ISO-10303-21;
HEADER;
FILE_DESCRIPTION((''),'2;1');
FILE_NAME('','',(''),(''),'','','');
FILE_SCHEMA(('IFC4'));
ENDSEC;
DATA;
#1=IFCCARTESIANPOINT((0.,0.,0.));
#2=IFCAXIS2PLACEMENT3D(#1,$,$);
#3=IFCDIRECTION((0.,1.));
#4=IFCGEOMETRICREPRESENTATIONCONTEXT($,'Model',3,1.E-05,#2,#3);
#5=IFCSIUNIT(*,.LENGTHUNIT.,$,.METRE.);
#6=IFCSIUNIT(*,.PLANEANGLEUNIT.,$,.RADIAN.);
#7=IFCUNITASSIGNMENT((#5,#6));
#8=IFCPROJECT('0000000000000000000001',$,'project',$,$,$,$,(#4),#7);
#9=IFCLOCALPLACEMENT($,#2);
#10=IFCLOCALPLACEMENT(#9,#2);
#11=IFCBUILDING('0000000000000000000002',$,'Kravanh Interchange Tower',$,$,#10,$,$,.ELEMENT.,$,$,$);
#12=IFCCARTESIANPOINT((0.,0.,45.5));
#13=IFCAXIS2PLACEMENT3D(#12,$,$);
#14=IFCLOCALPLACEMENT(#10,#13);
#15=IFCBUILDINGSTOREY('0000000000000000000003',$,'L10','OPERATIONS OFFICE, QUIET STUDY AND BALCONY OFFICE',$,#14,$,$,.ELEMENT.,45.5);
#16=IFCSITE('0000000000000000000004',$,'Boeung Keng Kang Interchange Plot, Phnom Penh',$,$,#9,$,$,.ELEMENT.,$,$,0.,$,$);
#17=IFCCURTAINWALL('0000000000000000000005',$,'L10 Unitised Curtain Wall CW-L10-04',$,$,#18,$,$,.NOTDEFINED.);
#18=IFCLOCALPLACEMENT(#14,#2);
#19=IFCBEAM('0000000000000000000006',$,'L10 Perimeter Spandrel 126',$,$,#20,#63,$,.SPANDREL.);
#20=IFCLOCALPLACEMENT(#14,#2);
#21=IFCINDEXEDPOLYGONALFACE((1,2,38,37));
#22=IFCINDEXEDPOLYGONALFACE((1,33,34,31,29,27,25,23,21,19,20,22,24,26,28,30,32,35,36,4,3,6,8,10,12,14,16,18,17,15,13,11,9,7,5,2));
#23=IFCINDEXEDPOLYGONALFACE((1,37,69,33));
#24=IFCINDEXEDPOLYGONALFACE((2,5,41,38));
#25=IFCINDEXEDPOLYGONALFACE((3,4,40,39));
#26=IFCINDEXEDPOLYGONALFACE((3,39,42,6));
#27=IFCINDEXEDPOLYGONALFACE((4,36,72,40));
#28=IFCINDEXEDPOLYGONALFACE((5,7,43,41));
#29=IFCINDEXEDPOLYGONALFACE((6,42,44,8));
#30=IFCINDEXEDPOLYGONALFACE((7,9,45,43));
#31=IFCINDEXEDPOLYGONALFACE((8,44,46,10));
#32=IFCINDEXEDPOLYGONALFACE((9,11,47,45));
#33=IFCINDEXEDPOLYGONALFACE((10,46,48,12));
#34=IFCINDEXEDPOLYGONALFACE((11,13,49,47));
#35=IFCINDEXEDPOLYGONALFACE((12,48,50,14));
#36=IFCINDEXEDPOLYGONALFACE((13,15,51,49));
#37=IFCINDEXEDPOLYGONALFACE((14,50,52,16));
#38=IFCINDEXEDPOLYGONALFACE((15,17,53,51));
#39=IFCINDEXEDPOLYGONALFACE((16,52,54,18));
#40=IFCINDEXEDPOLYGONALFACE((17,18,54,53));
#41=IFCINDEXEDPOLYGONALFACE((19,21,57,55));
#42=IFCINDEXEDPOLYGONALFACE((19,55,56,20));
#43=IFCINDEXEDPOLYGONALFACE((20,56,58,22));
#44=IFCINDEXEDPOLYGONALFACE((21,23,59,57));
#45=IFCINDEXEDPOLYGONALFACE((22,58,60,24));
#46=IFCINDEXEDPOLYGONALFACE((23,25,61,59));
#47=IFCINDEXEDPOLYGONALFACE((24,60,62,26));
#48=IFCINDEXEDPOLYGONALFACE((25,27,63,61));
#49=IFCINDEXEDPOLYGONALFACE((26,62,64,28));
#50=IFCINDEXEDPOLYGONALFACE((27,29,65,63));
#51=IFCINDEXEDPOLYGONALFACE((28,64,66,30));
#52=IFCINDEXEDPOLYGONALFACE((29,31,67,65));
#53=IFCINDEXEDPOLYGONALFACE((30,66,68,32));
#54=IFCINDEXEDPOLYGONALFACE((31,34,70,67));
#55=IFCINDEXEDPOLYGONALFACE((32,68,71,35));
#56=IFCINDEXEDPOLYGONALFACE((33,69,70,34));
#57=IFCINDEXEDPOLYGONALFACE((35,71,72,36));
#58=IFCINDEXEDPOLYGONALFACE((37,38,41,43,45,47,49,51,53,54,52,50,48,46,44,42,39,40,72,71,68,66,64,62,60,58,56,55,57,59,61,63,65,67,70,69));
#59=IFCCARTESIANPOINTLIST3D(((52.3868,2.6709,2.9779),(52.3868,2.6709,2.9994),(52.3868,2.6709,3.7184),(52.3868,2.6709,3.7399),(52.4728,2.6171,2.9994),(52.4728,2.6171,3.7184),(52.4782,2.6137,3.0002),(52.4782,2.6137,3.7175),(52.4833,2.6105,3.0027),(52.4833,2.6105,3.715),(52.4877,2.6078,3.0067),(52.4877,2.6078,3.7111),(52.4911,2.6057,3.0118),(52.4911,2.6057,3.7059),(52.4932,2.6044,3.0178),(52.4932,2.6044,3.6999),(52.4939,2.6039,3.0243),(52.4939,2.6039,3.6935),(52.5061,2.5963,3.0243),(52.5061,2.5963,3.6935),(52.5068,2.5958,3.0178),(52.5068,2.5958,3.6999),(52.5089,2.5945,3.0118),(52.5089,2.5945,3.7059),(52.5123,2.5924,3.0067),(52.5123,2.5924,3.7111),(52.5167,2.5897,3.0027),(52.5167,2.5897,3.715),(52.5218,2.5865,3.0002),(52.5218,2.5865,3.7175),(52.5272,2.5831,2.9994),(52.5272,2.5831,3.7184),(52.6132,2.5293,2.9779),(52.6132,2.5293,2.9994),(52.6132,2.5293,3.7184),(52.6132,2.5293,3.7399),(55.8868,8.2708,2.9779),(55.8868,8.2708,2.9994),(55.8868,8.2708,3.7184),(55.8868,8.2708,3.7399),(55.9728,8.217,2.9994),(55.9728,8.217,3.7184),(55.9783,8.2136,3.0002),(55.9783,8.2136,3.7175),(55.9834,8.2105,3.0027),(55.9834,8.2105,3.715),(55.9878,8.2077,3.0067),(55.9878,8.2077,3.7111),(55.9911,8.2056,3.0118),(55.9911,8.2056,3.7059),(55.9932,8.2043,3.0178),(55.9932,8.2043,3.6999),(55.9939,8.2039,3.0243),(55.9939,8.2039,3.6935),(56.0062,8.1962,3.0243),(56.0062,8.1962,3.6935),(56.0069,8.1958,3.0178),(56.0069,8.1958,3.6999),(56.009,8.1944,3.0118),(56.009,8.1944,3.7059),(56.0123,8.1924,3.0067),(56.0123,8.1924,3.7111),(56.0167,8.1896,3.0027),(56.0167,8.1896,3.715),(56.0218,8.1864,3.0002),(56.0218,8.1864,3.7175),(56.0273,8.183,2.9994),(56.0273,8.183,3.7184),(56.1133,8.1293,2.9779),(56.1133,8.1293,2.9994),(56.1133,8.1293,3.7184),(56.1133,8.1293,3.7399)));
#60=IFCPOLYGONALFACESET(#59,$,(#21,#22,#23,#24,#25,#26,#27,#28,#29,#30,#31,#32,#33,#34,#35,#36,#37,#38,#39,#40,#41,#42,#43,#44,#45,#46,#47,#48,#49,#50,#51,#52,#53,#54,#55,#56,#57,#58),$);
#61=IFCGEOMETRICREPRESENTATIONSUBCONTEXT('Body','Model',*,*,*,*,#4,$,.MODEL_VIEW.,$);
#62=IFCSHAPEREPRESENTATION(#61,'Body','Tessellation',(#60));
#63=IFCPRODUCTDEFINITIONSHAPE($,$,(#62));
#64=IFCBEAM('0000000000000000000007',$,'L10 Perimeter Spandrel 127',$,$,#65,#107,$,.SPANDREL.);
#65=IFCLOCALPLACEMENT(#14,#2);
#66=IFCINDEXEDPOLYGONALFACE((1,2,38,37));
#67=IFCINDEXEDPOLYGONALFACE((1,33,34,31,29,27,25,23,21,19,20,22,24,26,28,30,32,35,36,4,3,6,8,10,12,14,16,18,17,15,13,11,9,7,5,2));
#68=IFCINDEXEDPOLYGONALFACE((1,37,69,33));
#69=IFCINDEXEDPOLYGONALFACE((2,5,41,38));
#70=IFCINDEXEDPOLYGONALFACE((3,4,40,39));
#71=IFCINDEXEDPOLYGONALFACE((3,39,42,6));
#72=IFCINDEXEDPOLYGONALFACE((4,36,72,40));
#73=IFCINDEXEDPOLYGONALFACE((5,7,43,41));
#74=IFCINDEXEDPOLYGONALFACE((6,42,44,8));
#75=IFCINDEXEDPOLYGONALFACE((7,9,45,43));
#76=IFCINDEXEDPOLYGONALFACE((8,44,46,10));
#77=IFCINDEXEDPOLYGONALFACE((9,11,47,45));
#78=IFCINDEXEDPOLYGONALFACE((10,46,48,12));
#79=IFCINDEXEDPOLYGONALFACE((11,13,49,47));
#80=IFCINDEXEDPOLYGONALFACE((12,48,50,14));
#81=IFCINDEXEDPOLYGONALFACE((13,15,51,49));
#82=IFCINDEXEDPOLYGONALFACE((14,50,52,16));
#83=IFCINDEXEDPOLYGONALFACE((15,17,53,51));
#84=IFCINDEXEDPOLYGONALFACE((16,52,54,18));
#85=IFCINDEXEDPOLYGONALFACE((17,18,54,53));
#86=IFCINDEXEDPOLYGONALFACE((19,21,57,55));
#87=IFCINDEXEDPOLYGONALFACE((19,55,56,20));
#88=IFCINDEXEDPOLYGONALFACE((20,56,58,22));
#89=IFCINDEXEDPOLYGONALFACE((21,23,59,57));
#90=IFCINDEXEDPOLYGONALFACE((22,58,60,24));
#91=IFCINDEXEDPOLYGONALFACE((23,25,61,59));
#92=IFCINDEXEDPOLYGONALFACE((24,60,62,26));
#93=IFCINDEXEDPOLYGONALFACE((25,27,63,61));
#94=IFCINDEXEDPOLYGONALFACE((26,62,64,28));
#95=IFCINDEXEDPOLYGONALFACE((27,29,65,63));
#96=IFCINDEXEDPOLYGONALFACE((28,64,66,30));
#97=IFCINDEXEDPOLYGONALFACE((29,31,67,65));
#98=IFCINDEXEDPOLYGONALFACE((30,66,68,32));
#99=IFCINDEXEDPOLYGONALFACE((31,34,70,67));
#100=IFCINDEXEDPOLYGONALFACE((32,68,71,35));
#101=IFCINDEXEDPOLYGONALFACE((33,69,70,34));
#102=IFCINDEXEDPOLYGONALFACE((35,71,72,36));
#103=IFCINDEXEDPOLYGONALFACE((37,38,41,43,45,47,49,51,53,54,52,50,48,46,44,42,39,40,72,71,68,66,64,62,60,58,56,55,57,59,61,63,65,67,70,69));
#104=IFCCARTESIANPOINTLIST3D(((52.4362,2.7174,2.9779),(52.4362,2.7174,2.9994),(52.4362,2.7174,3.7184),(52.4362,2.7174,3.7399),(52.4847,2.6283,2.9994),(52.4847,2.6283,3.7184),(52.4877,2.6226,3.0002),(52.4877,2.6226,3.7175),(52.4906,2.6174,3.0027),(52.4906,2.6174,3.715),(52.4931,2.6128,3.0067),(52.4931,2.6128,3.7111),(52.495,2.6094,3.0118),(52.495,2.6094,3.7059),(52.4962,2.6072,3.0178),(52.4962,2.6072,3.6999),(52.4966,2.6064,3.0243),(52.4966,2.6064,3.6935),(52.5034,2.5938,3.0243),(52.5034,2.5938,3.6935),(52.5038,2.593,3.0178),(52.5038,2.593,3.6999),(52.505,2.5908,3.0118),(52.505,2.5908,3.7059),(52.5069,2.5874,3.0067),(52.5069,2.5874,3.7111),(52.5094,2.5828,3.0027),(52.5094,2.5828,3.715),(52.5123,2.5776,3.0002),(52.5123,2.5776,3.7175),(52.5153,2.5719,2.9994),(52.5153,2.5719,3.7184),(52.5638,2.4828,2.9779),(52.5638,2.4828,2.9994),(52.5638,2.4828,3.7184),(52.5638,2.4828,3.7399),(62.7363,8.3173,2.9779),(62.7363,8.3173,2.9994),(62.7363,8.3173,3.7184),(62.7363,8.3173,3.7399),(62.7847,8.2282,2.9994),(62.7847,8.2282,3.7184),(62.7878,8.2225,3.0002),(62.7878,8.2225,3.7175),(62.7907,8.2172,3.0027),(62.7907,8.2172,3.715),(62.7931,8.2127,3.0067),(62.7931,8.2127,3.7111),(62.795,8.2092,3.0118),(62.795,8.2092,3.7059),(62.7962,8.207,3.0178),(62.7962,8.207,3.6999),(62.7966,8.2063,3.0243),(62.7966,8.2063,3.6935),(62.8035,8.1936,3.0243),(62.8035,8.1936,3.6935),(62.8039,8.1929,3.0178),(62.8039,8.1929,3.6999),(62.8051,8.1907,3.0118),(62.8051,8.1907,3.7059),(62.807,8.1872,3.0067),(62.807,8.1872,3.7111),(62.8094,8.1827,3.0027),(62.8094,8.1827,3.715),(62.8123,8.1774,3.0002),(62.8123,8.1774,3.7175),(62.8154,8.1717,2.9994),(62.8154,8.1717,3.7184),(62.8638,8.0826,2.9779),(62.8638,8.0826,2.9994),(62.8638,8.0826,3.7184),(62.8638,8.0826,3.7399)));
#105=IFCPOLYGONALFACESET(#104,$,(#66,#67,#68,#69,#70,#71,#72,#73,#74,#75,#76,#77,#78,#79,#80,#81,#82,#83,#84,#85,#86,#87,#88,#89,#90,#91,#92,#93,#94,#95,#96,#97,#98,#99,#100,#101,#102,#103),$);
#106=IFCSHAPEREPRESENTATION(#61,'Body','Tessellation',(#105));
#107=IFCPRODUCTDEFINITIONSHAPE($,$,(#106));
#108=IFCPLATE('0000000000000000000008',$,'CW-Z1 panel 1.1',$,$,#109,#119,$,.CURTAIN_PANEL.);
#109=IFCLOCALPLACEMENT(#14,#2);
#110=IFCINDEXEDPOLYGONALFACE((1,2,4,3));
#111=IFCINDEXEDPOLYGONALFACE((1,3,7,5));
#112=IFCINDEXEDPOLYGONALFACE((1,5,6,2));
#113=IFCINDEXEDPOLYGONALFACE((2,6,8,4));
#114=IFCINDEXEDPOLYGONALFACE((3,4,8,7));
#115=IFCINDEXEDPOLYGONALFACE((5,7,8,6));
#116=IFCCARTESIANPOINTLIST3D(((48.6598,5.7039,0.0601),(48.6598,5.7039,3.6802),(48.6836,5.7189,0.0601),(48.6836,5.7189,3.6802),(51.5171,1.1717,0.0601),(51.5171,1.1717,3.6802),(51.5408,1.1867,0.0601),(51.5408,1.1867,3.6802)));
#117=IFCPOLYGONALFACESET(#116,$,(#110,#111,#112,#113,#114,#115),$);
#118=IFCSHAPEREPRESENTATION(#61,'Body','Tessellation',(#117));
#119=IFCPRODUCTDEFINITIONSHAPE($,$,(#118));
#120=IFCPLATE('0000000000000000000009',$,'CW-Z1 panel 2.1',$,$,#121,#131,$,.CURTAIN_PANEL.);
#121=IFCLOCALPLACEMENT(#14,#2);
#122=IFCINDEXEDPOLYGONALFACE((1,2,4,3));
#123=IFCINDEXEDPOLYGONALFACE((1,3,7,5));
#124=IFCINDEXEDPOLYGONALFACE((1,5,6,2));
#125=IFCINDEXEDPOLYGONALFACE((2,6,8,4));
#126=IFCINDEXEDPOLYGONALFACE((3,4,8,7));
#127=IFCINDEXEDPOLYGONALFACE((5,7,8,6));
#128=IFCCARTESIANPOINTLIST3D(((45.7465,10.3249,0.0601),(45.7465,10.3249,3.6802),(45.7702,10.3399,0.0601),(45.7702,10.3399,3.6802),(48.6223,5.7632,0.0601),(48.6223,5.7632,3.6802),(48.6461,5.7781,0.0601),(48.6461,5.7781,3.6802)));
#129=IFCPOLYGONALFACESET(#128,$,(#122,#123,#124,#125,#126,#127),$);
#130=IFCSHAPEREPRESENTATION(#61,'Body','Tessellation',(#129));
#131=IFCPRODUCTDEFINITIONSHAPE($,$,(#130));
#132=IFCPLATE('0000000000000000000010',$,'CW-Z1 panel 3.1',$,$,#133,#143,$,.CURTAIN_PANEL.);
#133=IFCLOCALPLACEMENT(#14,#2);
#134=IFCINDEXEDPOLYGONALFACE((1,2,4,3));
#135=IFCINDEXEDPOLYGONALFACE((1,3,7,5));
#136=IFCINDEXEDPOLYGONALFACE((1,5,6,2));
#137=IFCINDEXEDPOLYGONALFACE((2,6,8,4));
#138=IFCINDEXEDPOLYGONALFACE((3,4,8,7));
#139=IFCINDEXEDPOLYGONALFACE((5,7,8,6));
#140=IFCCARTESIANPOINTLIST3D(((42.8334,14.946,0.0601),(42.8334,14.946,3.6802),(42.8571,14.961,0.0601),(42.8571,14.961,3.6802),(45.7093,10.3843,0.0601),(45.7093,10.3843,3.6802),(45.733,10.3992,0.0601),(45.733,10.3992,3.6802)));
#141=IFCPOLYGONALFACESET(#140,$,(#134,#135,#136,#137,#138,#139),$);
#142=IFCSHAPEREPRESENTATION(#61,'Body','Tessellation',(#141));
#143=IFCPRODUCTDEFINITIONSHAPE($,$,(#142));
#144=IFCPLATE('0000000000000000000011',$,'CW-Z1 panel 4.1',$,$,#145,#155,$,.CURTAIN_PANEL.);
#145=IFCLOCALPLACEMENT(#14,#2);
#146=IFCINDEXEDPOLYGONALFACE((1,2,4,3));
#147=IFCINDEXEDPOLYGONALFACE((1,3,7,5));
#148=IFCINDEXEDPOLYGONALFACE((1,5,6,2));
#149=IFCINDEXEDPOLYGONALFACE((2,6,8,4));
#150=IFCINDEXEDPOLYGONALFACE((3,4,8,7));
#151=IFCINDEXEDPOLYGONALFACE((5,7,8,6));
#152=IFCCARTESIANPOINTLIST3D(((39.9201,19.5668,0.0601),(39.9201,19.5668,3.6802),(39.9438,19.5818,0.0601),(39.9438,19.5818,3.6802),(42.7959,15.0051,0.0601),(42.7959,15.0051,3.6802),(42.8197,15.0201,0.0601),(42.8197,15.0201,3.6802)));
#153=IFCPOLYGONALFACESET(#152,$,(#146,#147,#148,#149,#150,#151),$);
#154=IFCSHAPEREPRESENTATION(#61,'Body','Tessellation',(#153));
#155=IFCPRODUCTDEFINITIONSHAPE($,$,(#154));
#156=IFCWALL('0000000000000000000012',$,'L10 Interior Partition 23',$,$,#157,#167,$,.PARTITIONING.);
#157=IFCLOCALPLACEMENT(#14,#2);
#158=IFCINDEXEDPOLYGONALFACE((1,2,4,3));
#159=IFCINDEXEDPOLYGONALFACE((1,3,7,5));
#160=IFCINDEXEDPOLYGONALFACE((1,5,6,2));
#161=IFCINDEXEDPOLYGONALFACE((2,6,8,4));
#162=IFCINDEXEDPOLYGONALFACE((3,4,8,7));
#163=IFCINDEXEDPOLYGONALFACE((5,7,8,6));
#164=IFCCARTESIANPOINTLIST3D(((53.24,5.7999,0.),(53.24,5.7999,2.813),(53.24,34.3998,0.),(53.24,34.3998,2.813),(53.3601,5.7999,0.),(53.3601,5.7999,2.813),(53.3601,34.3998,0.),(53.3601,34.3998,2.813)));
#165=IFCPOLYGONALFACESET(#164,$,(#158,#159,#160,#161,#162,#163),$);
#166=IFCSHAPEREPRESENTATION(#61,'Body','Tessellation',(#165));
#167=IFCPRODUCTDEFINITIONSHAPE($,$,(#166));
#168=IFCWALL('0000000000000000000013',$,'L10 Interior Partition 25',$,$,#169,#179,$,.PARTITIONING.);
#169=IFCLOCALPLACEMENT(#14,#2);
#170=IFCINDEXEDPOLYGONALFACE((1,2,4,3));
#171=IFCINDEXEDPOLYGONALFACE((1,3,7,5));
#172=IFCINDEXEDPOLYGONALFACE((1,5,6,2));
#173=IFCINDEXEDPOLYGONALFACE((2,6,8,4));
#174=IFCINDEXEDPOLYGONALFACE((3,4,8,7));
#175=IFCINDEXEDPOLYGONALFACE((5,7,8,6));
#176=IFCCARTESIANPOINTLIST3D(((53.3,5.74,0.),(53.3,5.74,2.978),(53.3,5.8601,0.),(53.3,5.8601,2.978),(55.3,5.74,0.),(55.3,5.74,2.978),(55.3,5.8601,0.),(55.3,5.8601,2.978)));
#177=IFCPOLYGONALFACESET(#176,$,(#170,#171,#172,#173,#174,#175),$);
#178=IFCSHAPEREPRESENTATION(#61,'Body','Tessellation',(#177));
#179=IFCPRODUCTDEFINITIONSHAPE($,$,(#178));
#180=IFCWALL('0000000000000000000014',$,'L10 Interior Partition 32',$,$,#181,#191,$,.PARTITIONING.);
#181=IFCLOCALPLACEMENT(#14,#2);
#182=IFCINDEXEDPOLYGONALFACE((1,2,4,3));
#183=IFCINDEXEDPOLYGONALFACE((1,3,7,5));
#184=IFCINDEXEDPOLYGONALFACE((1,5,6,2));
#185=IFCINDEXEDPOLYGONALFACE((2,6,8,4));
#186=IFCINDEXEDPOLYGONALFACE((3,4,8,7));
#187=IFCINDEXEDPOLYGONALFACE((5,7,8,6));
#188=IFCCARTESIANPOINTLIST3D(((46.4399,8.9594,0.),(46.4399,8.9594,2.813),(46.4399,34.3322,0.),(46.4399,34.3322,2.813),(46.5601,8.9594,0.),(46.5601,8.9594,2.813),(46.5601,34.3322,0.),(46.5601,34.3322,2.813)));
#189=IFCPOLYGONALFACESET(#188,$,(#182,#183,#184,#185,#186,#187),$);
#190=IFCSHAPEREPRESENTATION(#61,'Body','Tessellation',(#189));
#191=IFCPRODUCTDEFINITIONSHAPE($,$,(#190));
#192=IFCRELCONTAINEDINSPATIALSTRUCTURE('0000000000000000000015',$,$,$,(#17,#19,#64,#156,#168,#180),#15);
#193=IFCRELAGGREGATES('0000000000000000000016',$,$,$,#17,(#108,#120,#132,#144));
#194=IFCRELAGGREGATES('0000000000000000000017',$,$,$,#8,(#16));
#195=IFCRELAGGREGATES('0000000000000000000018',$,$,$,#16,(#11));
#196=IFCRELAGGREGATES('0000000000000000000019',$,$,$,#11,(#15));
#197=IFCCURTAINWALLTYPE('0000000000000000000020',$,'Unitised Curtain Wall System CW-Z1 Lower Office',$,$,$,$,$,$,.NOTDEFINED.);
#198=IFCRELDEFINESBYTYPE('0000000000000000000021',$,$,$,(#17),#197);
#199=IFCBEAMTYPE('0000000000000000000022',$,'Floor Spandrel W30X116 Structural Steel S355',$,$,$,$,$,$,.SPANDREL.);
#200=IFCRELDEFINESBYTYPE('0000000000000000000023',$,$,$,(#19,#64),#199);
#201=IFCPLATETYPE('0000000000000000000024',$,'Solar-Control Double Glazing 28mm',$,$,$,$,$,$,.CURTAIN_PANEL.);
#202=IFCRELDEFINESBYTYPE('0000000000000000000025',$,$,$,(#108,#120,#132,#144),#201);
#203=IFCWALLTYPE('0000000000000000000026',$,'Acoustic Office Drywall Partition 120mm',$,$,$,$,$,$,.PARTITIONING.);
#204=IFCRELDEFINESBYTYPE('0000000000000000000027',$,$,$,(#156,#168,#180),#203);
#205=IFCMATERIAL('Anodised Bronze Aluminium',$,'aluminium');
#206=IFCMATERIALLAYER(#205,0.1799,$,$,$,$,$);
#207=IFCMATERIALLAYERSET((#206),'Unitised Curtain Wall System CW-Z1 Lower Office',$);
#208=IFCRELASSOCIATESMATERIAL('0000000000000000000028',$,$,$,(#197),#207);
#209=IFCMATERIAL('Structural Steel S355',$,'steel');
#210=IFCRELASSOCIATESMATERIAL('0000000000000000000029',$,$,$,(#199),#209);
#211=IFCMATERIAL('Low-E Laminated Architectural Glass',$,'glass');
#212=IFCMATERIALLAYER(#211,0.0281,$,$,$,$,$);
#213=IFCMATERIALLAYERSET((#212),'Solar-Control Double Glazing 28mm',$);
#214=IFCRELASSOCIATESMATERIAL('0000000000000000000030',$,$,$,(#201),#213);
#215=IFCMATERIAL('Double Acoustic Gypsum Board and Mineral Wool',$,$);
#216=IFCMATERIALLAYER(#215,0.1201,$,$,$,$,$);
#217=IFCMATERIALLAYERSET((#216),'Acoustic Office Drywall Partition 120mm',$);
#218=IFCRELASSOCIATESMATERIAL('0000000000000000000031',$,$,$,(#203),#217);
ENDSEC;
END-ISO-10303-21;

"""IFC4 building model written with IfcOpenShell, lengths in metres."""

from ifc_helpers import new_model, si_unit, direction, frame, frame_2d, origin, origin_2d, place, context, subcontext, project, spatial, rectangle, i_section, extrude, material, layer, layer_set, material_profile, profile_set, type_object, element, aggregate, save


model = new_model("IFC4")

# Units and contexts
model_context = context("Model", 3, precision=1e-05, world=origin(), true_north=direction((0.0, 1.0)))
body_context = subcontext(model_context, "Body", "Model", "MODEL_VIEW")
ifc_project = project(units=[si_unit("LENGTHUNIT", "METRE"), si_unit("PLANEANGLEUNIT", "RADIAN")], contexts=[model_context])

# Site, building, storey
site_placement = place(None, origin())
site = spatial("IfcSite", under=ifc_project, at=site_placement, Name="Boeung Keng Kang Interchange Plot, Phnom Penh", CompositionType="ELEMENT", RefElevation=0.0)
building_placement = place(site_placement, origin())
building = spatial("IfcBuilding", under=site, at=building_placement, Name="Kravanh Interchange Tower", CompositionType="ELEMENT")
storey_placement = place(building_placement, frame((0.0, 0.0, 45.5)))
storey = spatial("IfcBuildingStorey", under=building, at=storey_placement, Name="L10", Description="OPERATIONS OFFICE, QUIET STUDY AND BALCONY OFFICE", CompositionType="ELEMENT", Elevation=45.5)

# Shared definitions
ifc_material_1 = material(Name="Anodised Bronze Aluminium", Category="aluminium")
ifc_layer_1 = layer(ifc_material_1, 0.1799)
ifc_layer_set_1 = layer_set([ifc_layer_1], Name="Unitised Curtain Wall System CW-Z1 Lower Office")
curtain_wall_type = type_object("IfcCurtainWallType", Name="Unitised Curtain Wall System CW-Z1 Lower Office", PredefinedType="NOTDEFINED", material=ifc_layer_set_1)

# Curtain wall
curtain_wall_1_placement = place(storey_placement, origin())
curtain_wall_1 = element("IfcCurtainWall", 1, at=curtain_wall_1_placement, inside=storey, type_object=curtain_wall_type, Name="L10 Unitised Curtain Wall CW-L10-04", PredefinedType="NOTDEFINED")

# Beams
ifc_material_2 = material(Name="Structural Steel S355", Category="steel")
ifc_material_profile_1 = material_profile(ifc_material_2, i_section(OverallWidth=0.2671, OverallDepth=0.762, WebThickness=0.0144, FlangeThickness=0.0215, FilletRadius=0.0249, at=origin_2d()), Name="W30X116")
ifc_profile_set_1 = profile_set([ifc_material_profile_1], Name="Structural Steel S355")
beam_type = type_object("IfcBeamType", Name="Floor Spandrel W30X116 Structural Steel S355", PredefinedType="SPANDREL", material=ifc_profile_set_1)
beam_1_placement = place(storey_placement, frame((52.5, 2.6001, 3.3589), z_axis=(0.530009, 0.847992, 0.0), x_axis=(-0.847992, 0.530009, 0.0)))
element("IfcBeam", 2, at=beam_1_placement, inside=storey, type_object=beam_type, Name="L10 Perimeter Spandrel 126", PredefinedType="SPANDREL", context=body_context, shape_type="SweptSolid", body=[
    extrude(i_section(OverallWidth=0.2671, OverallDepth=0.762, WebThickness=0.0144, FlangeThickness=0.0215, FilletRadius=0.0249, at=origin_2d()), origin(), (0.0, 0.0, 1.0), 6.6038),
])
beam_2_placement = place(storey_placement, frame((52.5, 2.6001, 3.3589), z_axis=(0.878553, 0.477645, 0.0), x_axis=(-0.477645, 0.878553, 0.0)))
element("IfcBeam", 3, at=beam_2_placement, inside=storey, type_object=beam_type, Name="L10 Perimeter Spandrel 127", PredefinedType="SPANDREL", context=body_context, shape_type="SweptSolid", body=[
    extrude(i_section(OverallWidth=0.2671, OverallDepth=0.762, WebThickness=0.0144, FlangeThickness=0.0215, FilletRadius=0.0249, at=origin_2d()), origin(), (0.0, 0.0, 1.0), 11.7239),
])

# Plates
ifc_material_3 = material(Name="Low-E Laminated Architectural Glass", Category="glass")
ifc_layer_2 = layer(ifc_material_3, 0.0281)
ifc_layer_set_2 = layer_set([ifc_layer_2], Name="Solar-Control Double Glazing 28mm")
plate_type = type_object("IfcPlateType", Name="Solar-Control Double Glazing 28mm", PredefinedType="CURTAIN_PANEL", material=ifc_layer_set_2)
plate_1_placement = place(storey_placement, frame((50.1003, 3.4453, 0.0601), z_axis=(0.0, 0.0, 1.0), x_axis=(-0.533301, 0.845926, 0.0)))
plate_1 = element("IfcPlate", 4, at=plate_1_placement, type_object=plate_type, Name="CW-Z1 panel 1.1", PredefinedType="CURTAIN_PANEL", context=body_context, shape_type="SweptSolid", body=[
    extrude(rectangle(XDim=5.3577, YDim=0.0281, at=origin_2d()), origin(), (0.0, 0.0, 1.0), 3.6201),
])
plate_2_placement = place(storey_placement, frame((47.1963, 8.0515, 0.0601), z_axis=(0.0, 0.0, 1.0), x_axis=(-0.533301, 0.845926, 0.0)))
plate_2 = element("IfcPlate", 5, at=plate_2_placement, type_object=plate_type, Name="CW-Z1 panel 2.1", PredefinedType="CURTAIN_PANEL", context=body_context, shape_type="SweptSolid", body=[
    extrude(rectangle(XDim=5.3926, YDim=0.0281, at=origin_2d()), origin(), (0.0, 0.0, 1.0), 3.6201),
])
plate_3_placement = place(storey_placement, frame((44.2832, 12.6726, 0.0601), z_axis=(0.0, 0.0, 1.0), x_axis=(-0.533301, 0.845926, 0.0)))
plate_3 = element("IfcPlate", 6, at=plate_3_placement, type_object=plate_type, Name="CW-Z1 panel 3.1", PredefinedType="CURTAIN_PANEL", context=body_context, shape_type="SweptSolid", body=[
    extrude(rectangle(XDim=5.3926, YDim=0.0281, at=origin_2d()), origin(), (0.0, 0.0, 1.0), 3.6201),
])
plate_4_placement = place(storey_placement, frame((41.3699, 17.2935, 0.0601), z_axis=(0.0, 0.0, 1.0), x_axis=(-0.533301, 0.845926, 0.0)))
plate_4 = element("IfcPlate", 7, at=plate_4_placement, type_object=plate_type, Name="CW-Z1 panel 4.1", PredefinedType="CURTAIN_PANEL", context=body_context, shape_type="SweptSolid", body=[
    extrude(rectangle(XDim=5.3926, YDim=0.0281, at=origin_2d()), origin(), (0.0, 0.0, 1.0), 3.6201),
])
aggregate(curtain_wall_1, [plate_1, plate_2, plate_3, plate_4])

# Walls
ifc_material_4 = material(Name="Double Acoustic Gypsum Board and Mineral Wool")
ifc_layer_3 = layer(ifc_material_4, 0.1201)
ifc_layer_set_3 = layer_set([ifc_layer_3], Name="Acoustic Office Drywall Partition 120mm")
wall_type = type_object("IfcWallType", Name="Acoustic Office Drywall Partition 120mm", PredefinedType="PARTITIONING", material=ifc_layer_set_3)
wall_1_placement = place(storey_placement, frame((53.3, 5.8, 0.0), z_axis=(0.0, 0.0, 1.0), x_axis=(0.0, 1.0, 0.0)))
element("IfcWall", 8, at=wall_1_placement, inside=storey, type_object=wall_type, Name="L10 Interior Partition 23", PredefinedType="PARTITIONING", context=body_context, shape_type="SweptSolid", body=[
    extrude(rectangle(XDim=28.5999, YDim=0.1201, at=frame_2d((14.2998, 0.0))), origin(), (0.0, 0.0, 1.0), 2.813),
])
wall_2_placement = place(storey_placement, frame((53.3, 5.8, 0.0), z_axis=(0.0, 0.0, 1.0), x_axis=(1.0, 0.0, 0.0)))
element("IfcWall", 9, at=wall_2_placement, inside=storey, type_object=wall_type, Name="L10 Interior Partition 25", PredefinedType="PARTITIONING", context=body_context, shape_type="SweptSolid", body=[
    extrude(rectangle(XDim=2.0, YDim=0.1201, at=frame_2d((1.0, 0.0))), origin(), (0.0, 0.0, 1.0), 2.978),
])
wall_3_placement = place(storey_placement, frame((46.5, 8.9592, 0.0), z_axis=(0.0, 0.0, 1.0), x_axis=(0.0, 1.0, 0.0)))
element("IfcWall", 10, at=wall_3_placement, inside=storey, type_object=wall_type, Name="L10 Interior Partition 32", PredefinedType="PARTITIONING", context=body_context, shape_type="SweptSolid", body=[
    extrude(rectangle(XDim=25.3728, YDim=0.1201, at=frame_2d((12.6865, 0.0))), origin(), (0.0, 0.0, 1.0), 2.813),
])

save(model, "model.ifc")
